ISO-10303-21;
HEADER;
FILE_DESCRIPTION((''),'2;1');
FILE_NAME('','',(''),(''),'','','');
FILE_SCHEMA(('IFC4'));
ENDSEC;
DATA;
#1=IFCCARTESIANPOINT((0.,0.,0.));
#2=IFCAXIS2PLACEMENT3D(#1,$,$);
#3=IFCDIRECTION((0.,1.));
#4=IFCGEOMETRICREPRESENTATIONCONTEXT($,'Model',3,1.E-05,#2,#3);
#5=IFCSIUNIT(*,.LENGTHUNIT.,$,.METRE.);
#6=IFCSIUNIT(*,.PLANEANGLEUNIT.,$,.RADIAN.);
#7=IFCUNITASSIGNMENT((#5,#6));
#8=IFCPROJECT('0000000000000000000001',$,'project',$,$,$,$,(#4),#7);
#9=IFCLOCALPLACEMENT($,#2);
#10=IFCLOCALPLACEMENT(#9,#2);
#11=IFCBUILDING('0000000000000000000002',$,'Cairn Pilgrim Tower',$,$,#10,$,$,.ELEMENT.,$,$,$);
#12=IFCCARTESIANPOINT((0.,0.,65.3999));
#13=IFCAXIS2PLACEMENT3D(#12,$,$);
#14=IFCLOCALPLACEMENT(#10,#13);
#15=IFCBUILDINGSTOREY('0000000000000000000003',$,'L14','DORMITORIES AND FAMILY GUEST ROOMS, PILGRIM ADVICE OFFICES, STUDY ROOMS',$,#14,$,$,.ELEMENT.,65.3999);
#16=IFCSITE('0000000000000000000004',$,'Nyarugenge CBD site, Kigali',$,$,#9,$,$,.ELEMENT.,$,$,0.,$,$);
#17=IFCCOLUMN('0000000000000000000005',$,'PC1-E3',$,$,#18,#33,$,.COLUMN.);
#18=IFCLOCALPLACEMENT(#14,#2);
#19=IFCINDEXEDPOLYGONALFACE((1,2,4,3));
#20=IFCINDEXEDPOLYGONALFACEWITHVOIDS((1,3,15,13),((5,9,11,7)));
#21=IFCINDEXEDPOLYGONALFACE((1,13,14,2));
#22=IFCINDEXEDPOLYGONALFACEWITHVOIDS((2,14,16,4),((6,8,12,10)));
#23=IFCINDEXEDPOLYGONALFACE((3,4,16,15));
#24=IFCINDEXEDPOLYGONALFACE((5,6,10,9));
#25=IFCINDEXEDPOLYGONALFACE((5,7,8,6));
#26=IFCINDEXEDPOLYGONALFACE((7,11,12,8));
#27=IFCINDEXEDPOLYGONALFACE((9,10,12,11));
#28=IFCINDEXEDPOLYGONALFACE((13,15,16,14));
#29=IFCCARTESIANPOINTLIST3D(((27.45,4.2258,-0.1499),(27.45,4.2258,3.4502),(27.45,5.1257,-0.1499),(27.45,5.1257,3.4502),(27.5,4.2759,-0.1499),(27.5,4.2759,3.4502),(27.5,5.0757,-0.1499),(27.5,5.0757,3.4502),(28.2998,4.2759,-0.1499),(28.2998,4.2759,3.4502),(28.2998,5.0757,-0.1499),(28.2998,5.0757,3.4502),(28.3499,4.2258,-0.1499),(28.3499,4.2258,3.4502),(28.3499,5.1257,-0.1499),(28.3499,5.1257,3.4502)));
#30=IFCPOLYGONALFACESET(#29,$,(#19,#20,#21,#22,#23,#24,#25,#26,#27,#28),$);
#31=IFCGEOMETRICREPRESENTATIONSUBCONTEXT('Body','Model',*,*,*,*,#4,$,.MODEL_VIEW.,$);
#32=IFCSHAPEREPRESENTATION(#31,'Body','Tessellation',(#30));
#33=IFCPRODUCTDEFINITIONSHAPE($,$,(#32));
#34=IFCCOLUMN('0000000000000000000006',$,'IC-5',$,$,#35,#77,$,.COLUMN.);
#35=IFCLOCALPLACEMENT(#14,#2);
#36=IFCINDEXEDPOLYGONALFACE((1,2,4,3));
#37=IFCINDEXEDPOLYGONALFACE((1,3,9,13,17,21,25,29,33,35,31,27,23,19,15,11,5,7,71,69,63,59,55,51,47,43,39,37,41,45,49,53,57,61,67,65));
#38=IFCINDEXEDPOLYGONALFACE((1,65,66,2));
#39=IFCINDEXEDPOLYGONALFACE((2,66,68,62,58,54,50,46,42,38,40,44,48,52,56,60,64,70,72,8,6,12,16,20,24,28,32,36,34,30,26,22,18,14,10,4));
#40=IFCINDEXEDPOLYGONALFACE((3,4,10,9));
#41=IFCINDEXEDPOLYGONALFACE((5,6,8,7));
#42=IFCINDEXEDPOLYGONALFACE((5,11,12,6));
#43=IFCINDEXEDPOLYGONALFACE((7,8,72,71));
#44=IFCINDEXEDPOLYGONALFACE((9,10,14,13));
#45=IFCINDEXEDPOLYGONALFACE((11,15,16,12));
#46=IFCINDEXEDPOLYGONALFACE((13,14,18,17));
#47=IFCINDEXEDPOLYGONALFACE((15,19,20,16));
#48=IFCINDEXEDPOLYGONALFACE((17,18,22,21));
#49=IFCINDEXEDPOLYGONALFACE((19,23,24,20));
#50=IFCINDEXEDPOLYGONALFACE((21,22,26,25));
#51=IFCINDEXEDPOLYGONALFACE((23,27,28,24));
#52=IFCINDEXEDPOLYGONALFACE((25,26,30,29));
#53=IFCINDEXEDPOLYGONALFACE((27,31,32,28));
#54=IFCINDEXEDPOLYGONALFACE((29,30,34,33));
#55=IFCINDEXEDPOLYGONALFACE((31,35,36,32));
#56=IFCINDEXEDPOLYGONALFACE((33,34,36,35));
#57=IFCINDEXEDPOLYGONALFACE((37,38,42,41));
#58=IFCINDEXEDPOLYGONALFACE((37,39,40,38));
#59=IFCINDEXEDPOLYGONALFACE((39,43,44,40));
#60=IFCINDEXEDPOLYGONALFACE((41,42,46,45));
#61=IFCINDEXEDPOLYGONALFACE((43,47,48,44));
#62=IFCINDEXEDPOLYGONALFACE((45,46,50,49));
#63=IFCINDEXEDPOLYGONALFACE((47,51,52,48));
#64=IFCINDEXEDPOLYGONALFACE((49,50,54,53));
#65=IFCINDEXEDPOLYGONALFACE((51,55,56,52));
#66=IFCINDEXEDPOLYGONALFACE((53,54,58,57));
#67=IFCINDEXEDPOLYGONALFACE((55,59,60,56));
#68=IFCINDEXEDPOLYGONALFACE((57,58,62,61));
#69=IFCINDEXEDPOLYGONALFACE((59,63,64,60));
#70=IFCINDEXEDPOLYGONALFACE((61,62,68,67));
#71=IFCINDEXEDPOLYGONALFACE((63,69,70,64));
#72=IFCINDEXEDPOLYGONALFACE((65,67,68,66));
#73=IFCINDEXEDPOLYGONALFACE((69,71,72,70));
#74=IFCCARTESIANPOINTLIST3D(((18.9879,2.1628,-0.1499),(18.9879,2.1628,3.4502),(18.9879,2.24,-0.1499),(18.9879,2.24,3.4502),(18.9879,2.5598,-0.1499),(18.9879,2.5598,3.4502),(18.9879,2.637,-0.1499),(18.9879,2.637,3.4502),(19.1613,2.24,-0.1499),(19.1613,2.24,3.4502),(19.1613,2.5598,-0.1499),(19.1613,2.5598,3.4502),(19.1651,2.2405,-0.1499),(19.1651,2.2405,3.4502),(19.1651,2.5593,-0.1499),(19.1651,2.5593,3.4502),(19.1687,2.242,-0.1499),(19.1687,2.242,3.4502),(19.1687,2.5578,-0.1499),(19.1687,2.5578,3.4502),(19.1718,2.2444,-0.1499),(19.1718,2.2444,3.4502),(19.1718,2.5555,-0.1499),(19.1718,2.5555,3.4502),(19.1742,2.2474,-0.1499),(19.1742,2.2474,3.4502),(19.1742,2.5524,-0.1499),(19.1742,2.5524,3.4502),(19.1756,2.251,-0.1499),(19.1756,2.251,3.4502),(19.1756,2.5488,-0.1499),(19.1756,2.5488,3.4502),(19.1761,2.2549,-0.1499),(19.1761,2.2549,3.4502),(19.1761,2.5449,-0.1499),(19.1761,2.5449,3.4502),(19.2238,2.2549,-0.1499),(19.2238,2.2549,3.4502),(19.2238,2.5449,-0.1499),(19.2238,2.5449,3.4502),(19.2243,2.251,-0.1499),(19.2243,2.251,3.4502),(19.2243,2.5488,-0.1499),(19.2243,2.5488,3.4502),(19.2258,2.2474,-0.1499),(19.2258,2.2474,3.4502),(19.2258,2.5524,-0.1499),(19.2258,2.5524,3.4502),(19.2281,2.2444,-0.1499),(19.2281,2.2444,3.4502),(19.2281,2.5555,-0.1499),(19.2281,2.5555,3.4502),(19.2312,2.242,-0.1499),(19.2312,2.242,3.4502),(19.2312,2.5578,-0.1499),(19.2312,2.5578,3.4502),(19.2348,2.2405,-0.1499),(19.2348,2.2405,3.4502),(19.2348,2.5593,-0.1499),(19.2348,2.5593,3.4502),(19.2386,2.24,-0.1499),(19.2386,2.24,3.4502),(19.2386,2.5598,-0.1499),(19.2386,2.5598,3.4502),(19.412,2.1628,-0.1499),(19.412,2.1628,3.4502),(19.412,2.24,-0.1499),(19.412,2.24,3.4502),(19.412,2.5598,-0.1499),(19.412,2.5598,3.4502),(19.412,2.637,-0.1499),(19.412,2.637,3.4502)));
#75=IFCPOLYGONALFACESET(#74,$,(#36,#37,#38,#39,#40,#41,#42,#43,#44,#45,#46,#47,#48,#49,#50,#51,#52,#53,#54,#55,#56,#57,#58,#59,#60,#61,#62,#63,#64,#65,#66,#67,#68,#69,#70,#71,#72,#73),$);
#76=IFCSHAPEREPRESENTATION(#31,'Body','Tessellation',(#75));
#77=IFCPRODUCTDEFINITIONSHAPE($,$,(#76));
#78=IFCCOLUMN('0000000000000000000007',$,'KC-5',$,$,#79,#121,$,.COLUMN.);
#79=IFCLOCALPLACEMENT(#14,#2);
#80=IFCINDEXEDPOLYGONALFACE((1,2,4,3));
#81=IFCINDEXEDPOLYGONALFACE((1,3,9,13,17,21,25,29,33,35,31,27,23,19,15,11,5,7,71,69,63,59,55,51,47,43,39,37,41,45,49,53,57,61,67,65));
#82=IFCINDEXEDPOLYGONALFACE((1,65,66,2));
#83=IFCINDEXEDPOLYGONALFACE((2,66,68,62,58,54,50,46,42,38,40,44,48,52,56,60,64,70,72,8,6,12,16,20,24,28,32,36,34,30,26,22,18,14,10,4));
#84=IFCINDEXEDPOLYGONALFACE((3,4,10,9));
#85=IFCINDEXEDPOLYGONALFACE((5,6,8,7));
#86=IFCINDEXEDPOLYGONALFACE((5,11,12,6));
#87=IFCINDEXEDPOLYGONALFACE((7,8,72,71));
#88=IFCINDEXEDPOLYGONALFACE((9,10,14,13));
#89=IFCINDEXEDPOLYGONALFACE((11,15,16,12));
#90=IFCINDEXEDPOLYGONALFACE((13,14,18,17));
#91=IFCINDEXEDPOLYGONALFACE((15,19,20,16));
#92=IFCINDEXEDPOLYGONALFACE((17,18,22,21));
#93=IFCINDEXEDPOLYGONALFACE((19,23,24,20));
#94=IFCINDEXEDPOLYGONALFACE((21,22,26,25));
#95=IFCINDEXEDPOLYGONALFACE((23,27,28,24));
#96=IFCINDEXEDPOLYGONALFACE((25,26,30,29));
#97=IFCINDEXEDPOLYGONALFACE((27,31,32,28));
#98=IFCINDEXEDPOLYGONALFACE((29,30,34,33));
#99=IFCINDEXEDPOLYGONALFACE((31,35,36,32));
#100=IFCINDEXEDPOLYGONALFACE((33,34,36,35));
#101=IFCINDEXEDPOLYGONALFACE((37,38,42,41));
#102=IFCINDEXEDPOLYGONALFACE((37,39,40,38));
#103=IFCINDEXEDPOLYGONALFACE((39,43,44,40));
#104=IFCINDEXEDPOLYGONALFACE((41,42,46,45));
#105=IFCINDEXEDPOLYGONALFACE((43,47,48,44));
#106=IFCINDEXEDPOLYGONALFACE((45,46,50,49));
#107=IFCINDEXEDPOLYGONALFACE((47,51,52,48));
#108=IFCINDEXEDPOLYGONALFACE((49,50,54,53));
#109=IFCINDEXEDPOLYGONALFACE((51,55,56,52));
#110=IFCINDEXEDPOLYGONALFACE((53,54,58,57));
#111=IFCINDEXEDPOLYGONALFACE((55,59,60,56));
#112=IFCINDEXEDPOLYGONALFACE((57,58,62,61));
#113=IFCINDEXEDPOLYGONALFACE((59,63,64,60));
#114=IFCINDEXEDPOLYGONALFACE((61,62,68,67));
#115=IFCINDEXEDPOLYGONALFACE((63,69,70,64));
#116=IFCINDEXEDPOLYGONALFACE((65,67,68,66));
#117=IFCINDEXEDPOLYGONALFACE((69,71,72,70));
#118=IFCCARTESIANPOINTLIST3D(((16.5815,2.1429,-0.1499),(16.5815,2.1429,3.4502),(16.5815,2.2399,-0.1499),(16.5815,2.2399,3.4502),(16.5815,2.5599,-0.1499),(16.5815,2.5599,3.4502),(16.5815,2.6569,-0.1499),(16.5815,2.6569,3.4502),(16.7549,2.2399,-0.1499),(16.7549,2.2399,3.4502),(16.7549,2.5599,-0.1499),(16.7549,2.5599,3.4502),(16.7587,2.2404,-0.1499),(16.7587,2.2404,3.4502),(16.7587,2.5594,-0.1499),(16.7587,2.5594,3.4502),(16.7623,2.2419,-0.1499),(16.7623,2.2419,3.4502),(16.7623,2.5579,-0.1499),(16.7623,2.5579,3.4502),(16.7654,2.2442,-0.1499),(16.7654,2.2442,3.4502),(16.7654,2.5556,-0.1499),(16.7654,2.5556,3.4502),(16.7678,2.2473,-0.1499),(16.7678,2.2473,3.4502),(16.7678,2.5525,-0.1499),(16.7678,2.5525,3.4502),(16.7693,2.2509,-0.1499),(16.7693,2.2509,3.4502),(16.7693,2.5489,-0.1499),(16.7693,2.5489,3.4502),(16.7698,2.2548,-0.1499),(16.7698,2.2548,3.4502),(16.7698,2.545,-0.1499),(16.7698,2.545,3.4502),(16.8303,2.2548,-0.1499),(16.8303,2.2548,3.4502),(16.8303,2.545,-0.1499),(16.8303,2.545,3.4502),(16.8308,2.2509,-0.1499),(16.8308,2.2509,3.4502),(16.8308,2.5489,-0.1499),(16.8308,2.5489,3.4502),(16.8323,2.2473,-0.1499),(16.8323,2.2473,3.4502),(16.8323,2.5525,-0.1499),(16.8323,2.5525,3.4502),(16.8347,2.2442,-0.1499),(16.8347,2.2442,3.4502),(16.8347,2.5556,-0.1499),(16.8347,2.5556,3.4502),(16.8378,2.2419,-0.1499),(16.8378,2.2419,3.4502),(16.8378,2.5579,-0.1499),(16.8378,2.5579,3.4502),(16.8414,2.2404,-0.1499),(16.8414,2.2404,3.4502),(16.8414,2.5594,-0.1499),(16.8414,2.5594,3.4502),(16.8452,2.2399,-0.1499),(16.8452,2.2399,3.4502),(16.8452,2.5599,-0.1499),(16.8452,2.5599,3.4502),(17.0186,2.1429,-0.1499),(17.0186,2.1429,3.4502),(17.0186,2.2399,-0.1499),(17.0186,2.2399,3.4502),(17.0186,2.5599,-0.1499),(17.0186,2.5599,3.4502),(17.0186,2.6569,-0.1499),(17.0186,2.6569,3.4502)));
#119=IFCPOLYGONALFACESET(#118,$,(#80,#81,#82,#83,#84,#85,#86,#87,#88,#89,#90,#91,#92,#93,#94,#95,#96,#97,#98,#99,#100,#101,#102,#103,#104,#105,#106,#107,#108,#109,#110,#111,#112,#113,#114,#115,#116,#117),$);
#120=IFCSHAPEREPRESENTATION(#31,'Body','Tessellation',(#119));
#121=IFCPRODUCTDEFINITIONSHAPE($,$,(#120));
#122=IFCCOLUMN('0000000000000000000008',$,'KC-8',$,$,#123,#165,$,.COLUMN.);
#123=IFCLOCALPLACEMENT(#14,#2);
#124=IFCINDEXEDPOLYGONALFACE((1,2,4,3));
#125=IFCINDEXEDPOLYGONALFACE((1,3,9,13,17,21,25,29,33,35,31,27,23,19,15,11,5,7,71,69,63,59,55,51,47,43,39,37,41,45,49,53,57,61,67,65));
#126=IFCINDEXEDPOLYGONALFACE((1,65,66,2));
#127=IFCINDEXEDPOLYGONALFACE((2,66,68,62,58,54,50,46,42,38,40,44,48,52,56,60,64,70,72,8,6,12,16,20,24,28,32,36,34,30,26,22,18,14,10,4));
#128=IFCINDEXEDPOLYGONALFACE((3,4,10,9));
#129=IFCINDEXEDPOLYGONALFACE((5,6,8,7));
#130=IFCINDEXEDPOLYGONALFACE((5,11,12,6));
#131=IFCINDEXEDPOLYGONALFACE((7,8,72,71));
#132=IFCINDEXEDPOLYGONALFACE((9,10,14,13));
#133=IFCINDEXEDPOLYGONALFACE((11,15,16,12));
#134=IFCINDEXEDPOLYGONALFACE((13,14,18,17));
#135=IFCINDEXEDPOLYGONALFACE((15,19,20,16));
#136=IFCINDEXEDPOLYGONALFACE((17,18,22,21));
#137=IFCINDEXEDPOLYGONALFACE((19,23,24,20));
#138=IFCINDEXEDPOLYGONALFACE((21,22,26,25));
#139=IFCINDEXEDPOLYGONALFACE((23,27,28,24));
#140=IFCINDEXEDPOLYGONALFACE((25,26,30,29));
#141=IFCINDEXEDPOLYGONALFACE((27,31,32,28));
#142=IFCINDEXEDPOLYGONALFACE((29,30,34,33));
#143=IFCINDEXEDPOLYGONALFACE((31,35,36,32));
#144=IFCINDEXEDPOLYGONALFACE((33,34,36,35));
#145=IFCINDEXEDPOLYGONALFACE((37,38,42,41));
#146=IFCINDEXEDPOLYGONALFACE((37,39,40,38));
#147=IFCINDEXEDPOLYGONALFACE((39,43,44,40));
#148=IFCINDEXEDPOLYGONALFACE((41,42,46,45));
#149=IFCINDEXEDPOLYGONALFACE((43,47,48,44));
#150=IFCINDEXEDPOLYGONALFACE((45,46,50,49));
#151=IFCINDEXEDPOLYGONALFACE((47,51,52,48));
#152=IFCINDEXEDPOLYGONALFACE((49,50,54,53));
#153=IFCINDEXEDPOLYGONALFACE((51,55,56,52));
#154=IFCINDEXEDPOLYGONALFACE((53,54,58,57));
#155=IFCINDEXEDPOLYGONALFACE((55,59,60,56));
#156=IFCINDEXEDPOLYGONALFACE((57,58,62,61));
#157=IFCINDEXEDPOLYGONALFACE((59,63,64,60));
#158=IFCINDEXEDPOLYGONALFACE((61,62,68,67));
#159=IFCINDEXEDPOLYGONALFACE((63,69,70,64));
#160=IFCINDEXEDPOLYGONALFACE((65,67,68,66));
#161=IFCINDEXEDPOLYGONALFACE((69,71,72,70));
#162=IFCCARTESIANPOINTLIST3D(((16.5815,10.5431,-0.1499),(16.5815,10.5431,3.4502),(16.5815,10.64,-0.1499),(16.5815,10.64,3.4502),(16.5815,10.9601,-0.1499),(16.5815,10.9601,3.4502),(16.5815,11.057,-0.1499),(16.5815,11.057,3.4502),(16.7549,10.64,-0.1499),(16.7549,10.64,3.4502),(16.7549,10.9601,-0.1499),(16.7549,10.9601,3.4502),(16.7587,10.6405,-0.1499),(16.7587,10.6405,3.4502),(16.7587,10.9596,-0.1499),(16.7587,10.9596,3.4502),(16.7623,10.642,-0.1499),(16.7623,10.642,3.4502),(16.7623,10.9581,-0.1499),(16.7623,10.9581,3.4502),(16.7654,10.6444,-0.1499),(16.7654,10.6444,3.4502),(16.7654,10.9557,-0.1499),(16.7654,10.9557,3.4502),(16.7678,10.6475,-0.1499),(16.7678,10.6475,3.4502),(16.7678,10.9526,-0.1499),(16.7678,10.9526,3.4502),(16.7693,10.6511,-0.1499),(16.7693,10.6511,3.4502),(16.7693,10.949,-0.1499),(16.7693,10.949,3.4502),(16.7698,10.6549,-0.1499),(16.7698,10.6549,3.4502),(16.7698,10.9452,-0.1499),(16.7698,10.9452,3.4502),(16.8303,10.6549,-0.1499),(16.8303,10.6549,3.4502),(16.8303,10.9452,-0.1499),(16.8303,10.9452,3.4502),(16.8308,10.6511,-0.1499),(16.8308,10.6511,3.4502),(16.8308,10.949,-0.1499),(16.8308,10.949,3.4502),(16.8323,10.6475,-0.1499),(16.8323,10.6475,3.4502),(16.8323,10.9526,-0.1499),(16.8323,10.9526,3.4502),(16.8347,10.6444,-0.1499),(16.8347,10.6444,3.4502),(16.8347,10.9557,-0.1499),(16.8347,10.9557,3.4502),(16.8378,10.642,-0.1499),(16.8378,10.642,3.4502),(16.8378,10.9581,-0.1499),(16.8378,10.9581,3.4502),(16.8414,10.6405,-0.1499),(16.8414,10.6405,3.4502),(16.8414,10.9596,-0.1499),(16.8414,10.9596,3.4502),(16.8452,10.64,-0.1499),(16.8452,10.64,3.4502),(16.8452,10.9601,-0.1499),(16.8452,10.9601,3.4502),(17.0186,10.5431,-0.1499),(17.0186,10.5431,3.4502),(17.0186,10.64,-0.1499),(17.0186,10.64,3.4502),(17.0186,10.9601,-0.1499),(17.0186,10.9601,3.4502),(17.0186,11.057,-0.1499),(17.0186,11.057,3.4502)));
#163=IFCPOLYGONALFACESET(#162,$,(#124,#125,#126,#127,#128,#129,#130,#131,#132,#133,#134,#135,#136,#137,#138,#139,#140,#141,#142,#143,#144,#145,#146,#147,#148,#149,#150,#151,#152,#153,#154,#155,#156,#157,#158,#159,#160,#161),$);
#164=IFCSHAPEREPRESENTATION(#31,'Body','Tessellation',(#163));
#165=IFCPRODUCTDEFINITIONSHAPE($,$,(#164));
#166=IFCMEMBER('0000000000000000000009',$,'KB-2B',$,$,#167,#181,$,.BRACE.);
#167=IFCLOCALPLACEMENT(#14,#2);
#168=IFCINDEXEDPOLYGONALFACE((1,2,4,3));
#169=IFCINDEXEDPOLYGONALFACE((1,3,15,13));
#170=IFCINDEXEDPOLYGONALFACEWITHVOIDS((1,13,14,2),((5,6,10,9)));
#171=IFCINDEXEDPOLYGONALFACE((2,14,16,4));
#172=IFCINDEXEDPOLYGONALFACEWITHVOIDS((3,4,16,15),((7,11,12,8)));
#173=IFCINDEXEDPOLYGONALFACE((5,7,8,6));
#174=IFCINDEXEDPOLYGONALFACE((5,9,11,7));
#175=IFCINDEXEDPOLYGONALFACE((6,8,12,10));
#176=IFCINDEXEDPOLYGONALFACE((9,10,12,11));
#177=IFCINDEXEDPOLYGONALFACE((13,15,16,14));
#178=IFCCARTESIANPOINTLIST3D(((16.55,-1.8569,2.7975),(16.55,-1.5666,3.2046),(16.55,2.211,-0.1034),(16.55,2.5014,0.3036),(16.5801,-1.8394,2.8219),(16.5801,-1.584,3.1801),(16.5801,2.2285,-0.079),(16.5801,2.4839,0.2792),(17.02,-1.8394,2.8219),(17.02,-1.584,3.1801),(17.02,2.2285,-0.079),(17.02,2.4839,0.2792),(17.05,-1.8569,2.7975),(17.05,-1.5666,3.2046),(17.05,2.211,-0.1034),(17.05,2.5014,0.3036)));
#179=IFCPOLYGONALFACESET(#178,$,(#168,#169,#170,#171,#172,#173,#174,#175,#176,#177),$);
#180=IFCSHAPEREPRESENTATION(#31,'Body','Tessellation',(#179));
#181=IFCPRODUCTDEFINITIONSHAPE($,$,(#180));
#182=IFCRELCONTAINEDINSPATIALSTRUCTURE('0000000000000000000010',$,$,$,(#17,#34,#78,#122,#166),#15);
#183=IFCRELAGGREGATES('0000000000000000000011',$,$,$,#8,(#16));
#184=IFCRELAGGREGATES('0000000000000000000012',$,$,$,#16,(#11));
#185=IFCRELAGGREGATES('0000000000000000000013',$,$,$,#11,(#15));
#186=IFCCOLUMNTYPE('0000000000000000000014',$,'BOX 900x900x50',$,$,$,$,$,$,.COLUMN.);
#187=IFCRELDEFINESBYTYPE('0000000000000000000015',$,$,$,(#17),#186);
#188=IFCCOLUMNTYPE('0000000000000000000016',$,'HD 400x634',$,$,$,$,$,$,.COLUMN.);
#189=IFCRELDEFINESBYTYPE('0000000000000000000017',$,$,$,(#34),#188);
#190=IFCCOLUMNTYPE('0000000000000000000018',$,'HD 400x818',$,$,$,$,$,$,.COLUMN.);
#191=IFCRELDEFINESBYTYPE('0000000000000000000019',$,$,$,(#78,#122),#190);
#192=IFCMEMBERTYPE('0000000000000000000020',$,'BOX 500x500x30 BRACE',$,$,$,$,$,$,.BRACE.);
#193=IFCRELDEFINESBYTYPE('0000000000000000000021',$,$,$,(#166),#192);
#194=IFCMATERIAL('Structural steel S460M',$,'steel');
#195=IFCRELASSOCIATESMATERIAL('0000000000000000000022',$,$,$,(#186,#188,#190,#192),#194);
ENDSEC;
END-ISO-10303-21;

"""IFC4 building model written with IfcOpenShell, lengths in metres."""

from ifc_helpers import new_model, si_unit, direction, frame, origin, origin_2d, place, context, subcontext, project, spatial, hollow_rectangle, i_section, extrude, material, material_profile, profile_set, type_object, element, save


model = new_model("IFC4")

# Units and contexts
model_context = context("Model", 3, precision=1e-05, world=origin(), true_north=direction((0.0, 1.0)))
body_context = subcontext(model_context, "Body", "Model", "MODEL_VIEW")
ifc_project = project(units=[si_unit("LENGTHUNIT", "METRE"), si_unit("PLANEANGLEUNIT", "RADIAN")], contexts=[model_context])

# Site, building, storey
site_placement = place(None, origin())
site = spatial("IfcSite", under=ifc_project, at=site_placement, Name="Nyarugenge CBD site, Kigali", CompositionType="ELEMENT", RefElevation=0.0)
building_placement = place(site_placement, origin())
building = spatial("IfcBuilding", under=site, at=building_placement, Name="Cairn Pilgrim Tower", CompositionType="ELEMENT")
storey_placement = place(building_placement, frame((0.0, 0.0, 65.3999)))
storey = spatial("IfcBuildingStorey", under=building, at=storey_placement, Name="L14", Description="DORMITORIES AND FAMILY GUEST ROOMS, PILGRIM ADVICE OFFICES, STUDY ROOMS", CompositionType="ELEMENT", Elevation=65.3999)

# Columns
ifc_material_1 = material(Name="Structural steel S460M", Category="steel")
ifc_material_profile_1 = material_profile(ifc_material_1, hollow_rectangle(XDim=0.8999, YDim=0.8999, WallThickness=0.05, at=origin_2d()), Name="BOX 900x900x50")
ifc_profile_set_1 = profile_set([ifc_material_profile_1], Name="Structural steel S460M")
column_type_1 = type_object("IfcColumnType", Name="BOX 900x900x50", PredefinedType="COLUMN", material=ifc_profile_set_1)
column_1_placement = place(storey_placement, frame((27.8999, 4.6758, -0.1499), z_axis=(0.0, 0.0, 1.0), x_axis=(1.0, 0.0, 0.0)))
element("IfcColumn", 1, at=column_1_placement, inside=storey, type_object=column_type_1, Name="PC1-E3", PredefinedType="COLUMN", context=body_context, shape_type="SweptSolid", body=[
    extrude(hollow_rectangle(XDim=0.8999, YDim=0.8999, WallThickness=0.05, at=origin_2d()), origin(), (0.0, 0.0, 1.0), 3.6001),
])
ifc_material_profile_2 = material_profile(ifc_material_1, i_section(OverallWidth=0.4241, OverallDepth=0.4741, WebThickness=0.0476, FlangeThickness=0.0771, FilletRadius=0.0149, at=origin_2d()), Name="HD 400x634")
ifc_profile_set_2 = profile_set([ifc_material_profile_2], Name="Structural steel S460M")
column_type_2 = type_object("IfcColumnType", Name="HD 400x634", PredefinedType="COLUMN", material=ifc_profile_set_2)
column_2_placement = place(storey_placement, frame((19.2, 2.3999, -0.1499), z_axis=(0.0, 0.0, 1.0), x_axis=(1.0, 0.0, 0.0)))
element("IfcColumn", 2, at=column_2_placement, inside=storey, type_object=column_type_2, Name="IC-5", PredefinedType="COLUMN", context=body_context, shape_type="SweptSolid", body=[
    extrude(i_section(OverallWidth=0.4241, OverallDepth=0.4741, WebThickness=0.0476, FlangeThickness=0.0771, FilletRadius=0.0149, at=origin_2d()), origin(), (0.0, 0.0, 1.0), 3.6001),
])
ifc_material_profile_3 = material_profile(ifc_material_1, i_section(OverallWidth=0.437, OverallDepth=0.5139, WebThickness=0.0605, FlangeThickness=0.0969, FilletRadius=0.0149, at=origin_2d()), Name="HD 400x818")
ifc_profile_set_3 = profile_set([ifc_material_profile_3], Name="Structural steel S460M")
column_type_3 = type_object("IfcColumnType", Name="HD 400x818", PredefinedType="COLUMN", material=ifc_profile_set_3)
for number, where, z_axis, x_axis, name in (
    (3, (16.8, 2.3999, -0.1499), (0.0, 0.0, 1.0), (1.0, 0.0, 0.0), "KC-5"),
    (4, (16.8, 10.8, -0.1499), (0.0, 0.0, 1.0), (1.0, 0.0, 0.0), "KC-8"),
):
    element("IfcColumn", number, at=place(storey_placement, frame(where, z_axis=z_axis, x_axis=x_axis)), inside=storey, type_object=column_type_3, Name=name, PredefinedType="COLUMN", context=body_context, shape_type="SweptSolid", body=[
        extrude(i_section(OverallWidth=0.437, OverallDepth=0.5139, WebThickness=0.0605, FlangeThickness=0.0969, FilletRadius=0.0149, at=origin_2d()), origin(), (0.0, 0.0, 1.0), 3.6001),
    ])

# Member
ifc_material_profile_4 = material_profile(ifc_material_1, hollow_rectangle(XDim=0.5, YDim=0.5, WallThickness=0.03, at=origin_2d()), Name="BOX 500x500x30")
ifc_profile_set_4 = profile_set([ifc_material_profile_4], Name="Structural steel S460M")
member_type_1 = type_object("IfcMemberType", Name="BOX 500x500x30 BRACE", PredefinedType="BRACE", material=ifc_profile_set_4)
member_1_placement = place(storey_placement, frame((16.8, 2.3562, 0.1001), z_axis=(0.0, -0.814182, 0.580609), x_axis=(1.0, 0.0, 0.0)))
element("IfcMember", 5, at=member_1_placement, inside=storey, type_object=member_type_1, Name="KB-2B", PredefinedType="BRACE", context=body_context, shape_type="SweptSolid", body=[
    extrude(hollow_rectangle(XDim=0.5, YDim=0.5, WallThickness=0.03, at=origin_2d()), origin(), (0.0, 0.0, 1.0), 4.9963),
])

save(model, "model.ifc")
